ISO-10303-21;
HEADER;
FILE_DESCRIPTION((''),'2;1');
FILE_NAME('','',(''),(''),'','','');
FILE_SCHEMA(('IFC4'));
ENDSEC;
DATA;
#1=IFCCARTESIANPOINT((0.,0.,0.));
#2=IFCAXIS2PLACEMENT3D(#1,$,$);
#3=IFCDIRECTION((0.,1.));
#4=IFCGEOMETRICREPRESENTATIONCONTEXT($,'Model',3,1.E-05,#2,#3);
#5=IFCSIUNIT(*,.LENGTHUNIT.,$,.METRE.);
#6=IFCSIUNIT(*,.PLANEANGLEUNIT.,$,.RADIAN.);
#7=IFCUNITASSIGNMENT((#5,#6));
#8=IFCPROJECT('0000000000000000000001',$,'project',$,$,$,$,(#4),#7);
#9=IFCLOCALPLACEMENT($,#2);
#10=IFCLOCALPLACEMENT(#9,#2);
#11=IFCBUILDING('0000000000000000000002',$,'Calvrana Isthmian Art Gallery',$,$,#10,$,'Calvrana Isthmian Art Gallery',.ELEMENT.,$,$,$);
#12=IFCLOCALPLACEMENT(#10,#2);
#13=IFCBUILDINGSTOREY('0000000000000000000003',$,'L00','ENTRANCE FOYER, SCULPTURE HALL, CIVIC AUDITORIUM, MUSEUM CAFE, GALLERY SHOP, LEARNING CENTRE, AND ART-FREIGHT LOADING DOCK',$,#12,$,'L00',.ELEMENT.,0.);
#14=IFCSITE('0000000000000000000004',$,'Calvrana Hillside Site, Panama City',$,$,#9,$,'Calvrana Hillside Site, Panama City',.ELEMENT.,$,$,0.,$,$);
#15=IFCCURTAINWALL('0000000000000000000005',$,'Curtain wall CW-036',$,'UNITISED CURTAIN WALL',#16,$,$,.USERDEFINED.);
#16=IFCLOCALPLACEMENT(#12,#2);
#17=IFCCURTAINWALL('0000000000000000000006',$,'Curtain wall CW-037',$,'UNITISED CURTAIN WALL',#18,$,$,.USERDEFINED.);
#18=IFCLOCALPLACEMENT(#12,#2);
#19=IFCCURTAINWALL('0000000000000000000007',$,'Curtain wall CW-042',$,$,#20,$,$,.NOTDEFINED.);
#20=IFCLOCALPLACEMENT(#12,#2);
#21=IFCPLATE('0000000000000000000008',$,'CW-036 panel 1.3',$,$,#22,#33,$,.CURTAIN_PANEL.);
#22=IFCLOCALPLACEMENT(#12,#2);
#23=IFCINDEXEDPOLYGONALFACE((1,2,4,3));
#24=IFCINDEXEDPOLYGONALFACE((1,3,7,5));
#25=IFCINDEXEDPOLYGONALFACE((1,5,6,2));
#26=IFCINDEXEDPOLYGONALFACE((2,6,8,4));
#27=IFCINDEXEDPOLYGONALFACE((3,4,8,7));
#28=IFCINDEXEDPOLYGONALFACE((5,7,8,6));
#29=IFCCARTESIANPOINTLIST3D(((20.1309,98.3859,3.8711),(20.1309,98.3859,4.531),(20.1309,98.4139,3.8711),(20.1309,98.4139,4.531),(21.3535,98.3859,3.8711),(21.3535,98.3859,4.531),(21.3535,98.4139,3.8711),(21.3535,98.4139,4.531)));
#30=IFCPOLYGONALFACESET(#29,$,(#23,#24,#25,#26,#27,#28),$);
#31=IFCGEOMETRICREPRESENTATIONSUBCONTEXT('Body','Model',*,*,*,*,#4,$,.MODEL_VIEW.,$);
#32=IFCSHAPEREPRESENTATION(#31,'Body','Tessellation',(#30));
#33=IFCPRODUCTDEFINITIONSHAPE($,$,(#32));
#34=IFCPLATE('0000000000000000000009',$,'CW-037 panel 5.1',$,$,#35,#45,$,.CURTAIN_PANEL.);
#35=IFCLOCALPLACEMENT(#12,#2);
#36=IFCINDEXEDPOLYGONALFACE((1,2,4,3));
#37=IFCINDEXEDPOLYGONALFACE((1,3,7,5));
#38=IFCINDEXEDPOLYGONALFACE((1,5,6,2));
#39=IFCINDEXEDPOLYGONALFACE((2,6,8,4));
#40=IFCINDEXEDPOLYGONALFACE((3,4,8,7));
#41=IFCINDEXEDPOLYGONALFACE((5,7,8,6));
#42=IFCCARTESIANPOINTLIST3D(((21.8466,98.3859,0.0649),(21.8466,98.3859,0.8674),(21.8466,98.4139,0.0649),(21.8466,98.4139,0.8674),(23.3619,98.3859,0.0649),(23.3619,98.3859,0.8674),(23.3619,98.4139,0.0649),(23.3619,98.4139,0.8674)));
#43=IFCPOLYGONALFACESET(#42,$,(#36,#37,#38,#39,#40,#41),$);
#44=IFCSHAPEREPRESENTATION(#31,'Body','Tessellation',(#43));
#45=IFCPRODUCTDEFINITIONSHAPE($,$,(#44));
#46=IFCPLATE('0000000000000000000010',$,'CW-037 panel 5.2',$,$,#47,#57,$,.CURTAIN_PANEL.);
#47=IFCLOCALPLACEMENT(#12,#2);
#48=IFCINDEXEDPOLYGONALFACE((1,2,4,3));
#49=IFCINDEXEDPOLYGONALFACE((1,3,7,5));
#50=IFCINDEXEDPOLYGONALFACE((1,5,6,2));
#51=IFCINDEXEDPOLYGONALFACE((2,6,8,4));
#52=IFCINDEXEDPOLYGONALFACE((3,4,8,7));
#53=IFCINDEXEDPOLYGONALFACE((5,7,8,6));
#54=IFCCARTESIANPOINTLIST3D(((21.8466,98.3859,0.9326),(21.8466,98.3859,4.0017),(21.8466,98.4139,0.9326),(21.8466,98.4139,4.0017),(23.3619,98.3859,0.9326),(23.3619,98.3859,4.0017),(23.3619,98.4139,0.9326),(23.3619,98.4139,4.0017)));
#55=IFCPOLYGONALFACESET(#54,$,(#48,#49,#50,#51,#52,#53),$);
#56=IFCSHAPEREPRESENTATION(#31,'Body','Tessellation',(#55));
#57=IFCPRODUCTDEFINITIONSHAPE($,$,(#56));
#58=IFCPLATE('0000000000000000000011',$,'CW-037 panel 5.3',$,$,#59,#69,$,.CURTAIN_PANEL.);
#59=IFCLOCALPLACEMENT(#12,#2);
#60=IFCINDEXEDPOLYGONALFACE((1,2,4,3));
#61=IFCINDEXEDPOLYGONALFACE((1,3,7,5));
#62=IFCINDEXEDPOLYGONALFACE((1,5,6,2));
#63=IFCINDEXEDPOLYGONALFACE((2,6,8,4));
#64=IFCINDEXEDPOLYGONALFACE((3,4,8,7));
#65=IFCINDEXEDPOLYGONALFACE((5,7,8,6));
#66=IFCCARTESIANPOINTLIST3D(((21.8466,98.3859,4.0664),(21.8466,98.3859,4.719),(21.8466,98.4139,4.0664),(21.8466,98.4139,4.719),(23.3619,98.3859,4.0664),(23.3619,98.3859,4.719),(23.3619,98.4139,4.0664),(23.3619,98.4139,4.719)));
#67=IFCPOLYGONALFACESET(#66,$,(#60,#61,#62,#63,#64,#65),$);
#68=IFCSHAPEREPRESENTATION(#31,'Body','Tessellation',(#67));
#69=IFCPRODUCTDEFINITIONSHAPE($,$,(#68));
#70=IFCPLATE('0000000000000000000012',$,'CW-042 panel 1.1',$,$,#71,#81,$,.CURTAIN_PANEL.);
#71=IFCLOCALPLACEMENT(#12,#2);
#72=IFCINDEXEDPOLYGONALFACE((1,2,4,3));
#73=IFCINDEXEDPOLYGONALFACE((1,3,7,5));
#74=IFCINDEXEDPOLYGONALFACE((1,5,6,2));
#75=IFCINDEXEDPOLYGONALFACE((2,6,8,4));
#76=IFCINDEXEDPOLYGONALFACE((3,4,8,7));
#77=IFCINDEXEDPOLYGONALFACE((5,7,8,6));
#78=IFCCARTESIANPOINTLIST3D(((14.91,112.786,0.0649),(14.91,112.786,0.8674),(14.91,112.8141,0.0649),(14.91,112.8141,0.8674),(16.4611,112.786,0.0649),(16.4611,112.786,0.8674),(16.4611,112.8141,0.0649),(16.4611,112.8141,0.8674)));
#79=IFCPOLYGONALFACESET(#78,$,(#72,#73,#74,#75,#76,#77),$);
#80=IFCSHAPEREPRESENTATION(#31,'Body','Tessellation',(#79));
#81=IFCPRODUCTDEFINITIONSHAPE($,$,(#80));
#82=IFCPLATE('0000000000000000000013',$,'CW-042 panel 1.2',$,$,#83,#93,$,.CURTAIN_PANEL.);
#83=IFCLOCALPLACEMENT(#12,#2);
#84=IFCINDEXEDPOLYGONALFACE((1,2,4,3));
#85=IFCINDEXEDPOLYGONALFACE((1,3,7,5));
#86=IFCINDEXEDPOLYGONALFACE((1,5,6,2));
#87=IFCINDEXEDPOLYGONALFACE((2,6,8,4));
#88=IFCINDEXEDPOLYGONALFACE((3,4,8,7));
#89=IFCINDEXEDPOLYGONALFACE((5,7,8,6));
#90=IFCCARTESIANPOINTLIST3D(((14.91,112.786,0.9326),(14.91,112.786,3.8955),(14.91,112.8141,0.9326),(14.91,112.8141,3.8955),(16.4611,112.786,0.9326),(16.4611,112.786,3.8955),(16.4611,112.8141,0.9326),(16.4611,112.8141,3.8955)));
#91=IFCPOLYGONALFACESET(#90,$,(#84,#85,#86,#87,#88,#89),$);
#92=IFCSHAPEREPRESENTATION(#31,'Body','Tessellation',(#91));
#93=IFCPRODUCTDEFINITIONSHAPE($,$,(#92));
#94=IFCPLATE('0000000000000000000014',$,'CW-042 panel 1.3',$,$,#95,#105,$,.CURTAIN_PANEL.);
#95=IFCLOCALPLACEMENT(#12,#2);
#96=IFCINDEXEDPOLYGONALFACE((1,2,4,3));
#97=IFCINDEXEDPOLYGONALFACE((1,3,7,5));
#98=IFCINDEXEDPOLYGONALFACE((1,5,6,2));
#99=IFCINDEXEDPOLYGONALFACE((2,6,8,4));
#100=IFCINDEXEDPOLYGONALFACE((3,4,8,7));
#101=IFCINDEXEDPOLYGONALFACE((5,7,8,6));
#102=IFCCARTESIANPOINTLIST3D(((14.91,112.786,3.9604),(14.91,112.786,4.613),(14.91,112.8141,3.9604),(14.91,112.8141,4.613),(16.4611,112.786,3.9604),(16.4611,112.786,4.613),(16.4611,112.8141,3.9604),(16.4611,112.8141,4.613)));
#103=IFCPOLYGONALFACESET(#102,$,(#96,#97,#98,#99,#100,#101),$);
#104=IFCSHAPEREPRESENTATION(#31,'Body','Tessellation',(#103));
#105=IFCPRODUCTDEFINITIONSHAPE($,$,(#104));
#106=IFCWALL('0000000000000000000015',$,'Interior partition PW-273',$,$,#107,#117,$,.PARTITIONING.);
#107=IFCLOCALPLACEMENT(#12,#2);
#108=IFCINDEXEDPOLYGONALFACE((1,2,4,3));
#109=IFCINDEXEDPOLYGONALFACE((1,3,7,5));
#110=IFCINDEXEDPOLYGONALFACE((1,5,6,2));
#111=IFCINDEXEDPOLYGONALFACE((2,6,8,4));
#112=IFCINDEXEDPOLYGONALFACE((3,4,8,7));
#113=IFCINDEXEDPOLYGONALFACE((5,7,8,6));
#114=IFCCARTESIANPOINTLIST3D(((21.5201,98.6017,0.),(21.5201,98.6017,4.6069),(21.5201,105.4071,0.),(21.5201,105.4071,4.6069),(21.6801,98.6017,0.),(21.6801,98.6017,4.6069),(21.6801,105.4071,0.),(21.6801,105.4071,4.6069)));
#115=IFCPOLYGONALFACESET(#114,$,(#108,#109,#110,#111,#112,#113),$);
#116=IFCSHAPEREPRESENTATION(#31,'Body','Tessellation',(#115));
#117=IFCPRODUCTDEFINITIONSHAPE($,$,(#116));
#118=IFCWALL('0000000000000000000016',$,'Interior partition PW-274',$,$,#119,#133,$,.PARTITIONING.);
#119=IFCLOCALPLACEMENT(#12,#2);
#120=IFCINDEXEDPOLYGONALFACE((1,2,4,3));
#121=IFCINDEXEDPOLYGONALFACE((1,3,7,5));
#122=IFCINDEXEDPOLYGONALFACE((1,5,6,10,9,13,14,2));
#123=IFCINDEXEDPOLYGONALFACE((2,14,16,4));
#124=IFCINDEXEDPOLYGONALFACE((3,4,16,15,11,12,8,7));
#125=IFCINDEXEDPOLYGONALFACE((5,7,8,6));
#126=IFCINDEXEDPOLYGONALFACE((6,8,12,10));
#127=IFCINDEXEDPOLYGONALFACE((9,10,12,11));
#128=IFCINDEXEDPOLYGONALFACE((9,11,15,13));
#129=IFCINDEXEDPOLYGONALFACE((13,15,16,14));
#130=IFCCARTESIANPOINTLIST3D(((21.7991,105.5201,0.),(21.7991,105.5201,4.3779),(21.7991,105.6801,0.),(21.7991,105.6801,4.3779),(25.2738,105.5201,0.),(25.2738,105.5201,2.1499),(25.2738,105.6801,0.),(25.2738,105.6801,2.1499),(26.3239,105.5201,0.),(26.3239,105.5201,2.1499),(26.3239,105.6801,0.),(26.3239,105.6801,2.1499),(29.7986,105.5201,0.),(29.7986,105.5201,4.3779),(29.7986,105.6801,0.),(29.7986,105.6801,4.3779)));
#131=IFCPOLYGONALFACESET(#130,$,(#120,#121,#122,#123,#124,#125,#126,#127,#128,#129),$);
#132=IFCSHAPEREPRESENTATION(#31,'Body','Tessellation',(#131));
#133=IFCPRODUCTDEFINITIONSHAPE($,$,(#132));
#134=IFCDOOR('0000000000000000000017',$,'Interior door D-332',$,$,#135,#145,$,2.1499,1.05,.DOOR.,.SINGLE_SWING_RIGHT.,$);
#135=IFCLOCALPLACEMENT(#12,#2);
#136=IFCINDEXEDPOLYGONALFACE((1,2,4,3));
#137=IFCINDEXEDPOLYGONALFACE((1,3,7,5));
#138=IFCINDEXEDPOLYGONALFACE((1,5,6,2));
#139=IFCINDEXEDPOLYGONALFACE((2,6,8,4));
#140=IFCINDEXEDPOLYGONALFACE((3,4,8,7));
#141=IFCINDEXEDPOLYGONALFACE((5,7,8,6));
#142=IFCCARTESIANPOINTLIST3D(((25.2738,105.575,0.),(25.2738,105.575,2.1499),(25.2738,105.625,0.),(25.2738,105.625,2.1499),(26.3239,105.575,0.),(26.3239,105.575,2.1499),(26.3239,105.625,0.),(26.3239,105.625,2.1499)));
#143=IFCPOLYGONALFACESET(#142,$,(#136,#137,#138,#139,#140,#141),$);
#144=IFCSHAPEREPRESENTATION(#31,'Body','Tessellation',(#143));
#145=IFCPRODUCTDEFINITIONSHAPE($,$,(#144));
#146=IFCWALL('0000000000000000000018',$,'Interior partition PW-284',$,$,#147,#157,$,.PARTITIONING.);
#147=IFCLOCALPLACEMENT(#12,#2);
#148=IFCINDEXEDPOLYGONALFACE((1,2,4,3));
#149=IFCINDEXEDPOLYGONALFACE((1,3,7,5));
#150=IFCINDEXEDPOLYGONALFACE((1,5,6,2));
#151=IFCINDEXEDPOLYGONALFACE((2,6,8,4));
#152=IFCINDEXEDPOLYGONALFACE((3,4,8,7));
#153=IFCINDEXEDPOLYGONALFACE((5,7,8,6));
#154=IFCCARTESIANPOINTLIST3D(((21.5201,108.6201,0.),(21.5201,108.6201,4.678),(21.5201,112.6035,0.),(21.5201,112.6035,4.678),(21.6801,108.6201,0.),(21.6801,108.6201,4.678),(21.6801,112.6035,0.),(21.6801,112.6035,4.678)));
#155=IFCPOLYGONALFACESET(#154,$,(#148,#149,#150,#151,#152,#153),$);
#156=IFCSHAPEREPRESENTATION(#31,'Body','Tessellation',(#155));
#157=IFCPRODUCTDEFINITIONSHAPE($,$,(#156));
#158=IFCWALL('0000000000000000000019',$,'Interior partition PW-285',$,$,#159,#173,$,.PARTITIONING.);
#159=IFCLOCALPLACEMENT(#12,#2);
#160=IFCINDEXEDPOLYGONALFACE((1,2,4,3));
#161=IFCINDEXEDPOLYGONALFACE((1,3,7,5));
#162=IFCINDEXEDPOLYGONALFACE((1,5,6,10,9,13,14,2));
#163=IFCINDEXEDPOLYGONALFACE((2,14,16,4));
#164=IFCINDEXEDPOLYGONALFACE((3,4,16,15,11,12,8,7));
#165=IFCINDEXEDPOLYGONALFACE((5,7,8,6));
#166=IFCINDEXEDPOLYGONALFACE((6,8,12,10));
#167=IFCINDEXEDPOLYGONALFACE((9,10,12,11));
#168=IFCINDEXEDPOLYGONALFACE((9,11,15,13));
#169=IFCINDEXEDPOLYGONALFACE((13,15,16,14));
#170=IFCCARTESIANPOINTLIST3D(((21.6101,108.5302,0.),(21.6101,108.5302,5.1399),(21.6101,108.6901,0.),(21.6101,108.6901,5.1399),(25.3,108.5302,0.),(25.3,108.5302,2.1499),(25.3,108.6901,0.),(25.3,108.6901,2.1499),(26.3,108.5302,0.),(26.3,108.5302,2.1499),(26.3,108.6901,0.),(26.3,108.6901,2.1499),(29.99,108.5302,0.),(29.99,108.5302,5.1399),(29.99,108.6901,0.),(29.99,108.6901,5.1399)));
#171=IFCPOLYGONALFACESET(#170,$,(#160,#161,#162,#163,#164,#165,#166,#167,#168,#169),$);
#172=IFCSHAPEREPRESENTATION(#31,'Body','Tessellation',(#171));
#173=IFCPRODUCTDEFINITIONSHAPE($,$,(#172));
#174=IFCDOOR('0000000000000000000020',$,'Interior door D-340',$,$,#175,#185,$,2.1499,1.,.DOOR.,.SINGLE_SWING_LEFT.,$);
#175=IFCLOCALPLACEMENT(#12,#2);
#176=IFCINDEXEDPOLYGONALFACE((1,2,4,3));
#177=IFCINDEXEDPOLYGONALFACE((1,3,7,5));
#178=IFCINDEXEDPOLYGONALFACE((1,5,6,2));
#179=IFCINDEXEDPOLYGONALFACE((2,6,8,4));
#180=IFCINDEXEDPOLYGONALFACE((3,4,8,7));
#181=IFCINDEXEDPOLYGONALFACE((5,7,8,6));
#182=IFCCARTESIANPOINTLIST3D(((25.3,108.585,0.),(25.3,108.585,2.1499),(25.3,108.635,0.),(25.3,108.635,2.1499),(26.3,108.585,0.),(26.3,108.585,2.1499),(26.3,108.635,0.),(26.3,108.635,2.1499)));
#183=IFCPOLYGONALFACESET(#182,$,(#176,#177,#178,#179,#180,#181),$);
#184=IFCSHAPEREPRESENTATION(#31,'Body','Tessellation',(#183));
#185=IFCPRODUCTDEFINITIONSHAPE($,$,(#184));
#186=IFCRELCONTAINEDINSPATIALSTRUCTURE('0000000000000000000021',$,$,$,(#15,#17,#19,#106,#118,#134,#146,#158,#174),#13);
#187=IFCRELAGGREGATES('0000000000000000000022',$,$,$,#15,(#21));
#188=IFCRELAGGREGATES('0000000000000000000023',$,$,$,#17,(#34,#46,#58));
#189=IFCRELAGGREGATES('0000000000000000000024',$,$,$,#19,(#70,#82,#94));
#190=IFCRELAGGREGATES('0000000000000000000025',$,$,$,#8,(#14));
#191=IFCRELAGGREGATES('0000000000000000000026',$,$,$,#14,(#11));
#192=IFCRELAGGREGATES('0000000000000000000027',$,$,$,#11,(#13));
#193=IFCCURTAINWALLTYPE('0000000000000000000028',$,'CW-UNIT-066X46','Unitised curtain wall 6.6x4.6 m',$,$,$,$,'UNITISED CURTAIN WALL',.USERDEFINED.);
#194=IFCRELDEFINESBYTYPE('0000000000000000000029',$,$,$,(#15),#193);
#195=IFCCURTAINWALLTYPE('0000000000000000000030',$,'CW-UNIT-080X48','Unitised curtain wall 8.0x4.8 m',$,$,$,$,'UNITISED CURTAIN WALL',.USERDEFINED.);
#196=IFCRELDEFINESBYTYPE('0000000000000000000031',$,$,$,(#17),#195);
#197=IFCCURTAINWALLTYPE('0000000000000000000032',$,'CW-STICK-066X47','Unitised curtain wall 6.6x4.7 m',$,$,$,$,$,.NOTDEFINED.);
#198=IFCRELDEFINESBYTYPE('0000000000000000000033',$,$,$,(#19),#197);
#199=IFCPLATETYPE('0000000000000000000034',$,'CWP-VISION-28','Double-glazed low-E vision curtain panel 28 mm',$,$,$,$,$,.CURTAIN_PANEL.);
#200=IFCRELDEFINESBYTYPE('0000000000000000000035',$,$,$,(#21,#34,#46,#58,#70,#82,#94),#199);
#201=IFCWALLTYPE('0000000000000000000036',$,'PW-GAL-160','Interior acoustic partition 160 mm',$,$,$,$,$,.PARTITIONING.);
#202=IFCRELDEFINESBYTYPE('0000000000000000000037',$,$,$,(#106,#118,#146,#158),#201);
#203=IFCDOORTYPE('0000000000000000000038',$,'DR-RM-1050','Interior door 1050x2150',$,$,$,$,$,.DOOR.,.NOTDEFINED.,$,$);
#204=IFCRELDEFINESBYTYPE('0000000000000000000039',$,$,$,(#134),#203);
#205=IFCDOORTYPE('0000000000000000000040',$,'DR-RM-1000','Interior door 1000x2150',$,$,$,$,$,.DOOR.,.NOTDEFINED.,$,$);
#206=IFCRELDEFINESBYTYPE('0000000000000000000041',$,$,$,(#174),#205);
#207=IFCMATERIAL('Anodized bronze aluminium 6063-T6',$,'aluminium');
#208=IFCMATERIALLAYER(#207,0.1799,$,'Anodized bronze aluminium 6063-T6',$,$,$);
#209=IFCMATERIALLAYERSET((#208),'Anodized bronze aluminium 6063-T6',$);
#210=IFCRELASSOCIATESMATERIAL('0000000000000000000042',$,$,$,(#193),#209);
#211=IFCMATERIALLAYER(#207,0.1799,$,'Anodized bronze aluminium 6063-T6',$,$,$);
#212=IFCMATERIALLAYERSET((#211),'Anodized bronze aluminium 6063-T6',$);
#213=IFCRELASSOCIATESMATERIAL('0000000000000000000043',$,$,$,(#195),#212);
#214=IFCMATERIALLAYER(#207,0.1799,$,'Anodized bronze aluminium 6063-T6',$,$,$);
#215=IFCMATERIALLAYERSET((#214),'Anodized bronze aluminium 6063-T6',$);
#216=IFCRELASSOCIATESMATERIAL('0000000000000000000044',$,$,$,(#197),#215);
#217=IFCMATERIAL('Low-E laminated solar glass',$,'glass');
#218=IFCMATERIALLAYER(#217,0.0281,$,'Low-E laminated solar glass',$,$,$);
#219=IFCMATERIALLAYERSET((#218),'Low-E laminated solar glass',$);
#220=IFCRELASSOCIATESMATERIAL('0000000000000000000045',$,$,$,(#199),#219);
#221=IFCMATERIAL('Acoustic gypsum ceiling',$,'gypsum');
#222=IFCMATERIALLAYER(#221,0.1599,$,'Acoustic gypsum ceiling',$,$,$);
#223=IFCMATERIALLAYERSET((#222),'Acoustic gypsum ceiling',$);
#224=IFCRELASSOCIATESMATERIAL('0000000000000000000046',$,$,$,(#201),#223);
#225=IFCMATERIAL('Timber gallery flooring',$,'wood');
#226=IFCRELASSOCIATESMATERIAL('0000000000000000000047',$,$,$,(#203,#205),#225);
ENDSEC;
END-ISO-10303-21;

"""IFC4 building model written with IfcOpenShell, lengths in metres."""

from ifc_helpers import new_model, si_unit, direction, frame, frame_2d, origin, origin_2d, place, context, subcontext, project, spatial, rectangle, extrude, material, layer, layer_set, type_object, element, fill, aggregate, save


model = new_model("IFC4")

# Units and contexts
model_context = context("Model", 3, precision=1e-05, world=origin(), true_north=direction((0.0, 1.0)))
body_context = subcontext(model_context, "Body", "Model", "MODEL_VIEW")
ifc_project = project(units=[si_unit("LENGTHUNIT", "METRE"), si_unit("PLANEANGLEUNIT", "RADIAN")], contexts=[model_context])

# Site, building, storey
site_placement = place(None, origin())
site = spatial("IfcSite", under=ifc_project, at=site_placement, Name="Calvrana Hillside Site, Panama City", LongName="Calvrana Hillside Site, Panama City", CompositionType="ELEMENT", RefElevation=0.0)
building_placement = place(site_placement, origin())
building = spatial("IfcBuilding", under=site, at=building_placement, Name="Calvrana Isthmian Art Gallery", LongName="Calvrana Isthmian Art Gallery", CompositionType="ELEMENT")
storey_placement = place(building_placement, origin())
storey = spatial("IfcBuildingStorey", under=building, at=storey_placement, Name="L00", Description="ENTRANCE FOYER, SCULPTURE HALL, CIVIC AUDITORIUM, MUSEUM CAFE, GALLERY SHOP, LEARNING CENTRE, AND ART-FREIGHT LOADING DOCK", LongName="L00", CompositionType="ELEMENT", Elevation=0.0)

# Curtain walls
ifc_material_1 = material(Name="Anodized bronze aluminium 6063-T6", Category="aluminium")
ifc_layer_1 = layer(ifc_material_1, 0.1799, Name="Anodized bronze aluminium 6063-T6")
ifc_layer_set_1 = layer_set([ifc_layer_1], Name="Anodized bronze aluminium 6063-T6")
curtain_wall_type_1 = type_object("IfcCurtainWallType", Name="CW-UNIT-066X46", Description="Unitised curtain wall 6.6x4.6 m", ElementType="UNITISED CURTAIN WALL", PredefinedType="USERDEFINED", material=ifc_layer_set_1)
curtain_wall_1_placement = place(storey_placement, origin())
curtain_wall_1 = element("IfcCurtainWall", 1, at=curtain_wall_1_placement, inside=storey, type_object=curtain_wall_type_1, Name="Curtain wall CW-036", ObjectType="UNITISED CURTAIN WALL", PredefinedType="USERDEFINED")
ifc_layer_2 = layer(ifc_material_1, 0.1799, Name="Anodized bronze aluminium 6063-T6")
ifc_layer_set_2 = layer_set([ifc_layer_2], Name="Anodized bronze aluminium 6063-T6")
curtain_wall_type_2 = type_object("IfcCurtainWallType", Name="CW-UNIT-080X48", Description="Unitised curtain wall 8.0x4.8 m", ElementType="UNITISED CURTAIN WALL", PredefinedType="USERDEFINED", material=ifc_layer_set_2)
curtain_wall_2_placement = place(storey_placement, origin())
curtain_wall_2 = element("IfcCurtainWall", 2, at=curtain_wall_2_placement, inside=storey, type_object=curtain_wall_type_2, Name="Curtain wall CW-037", ObjectType="UNITISED CURTAIN WALL", PredefinedType="USERDEFINED")

# Curtain wall
ifc_layer_3 = layer(ifc_material_1, 0.1799, Name="Anodized bronze aluminium 6063-T6")
ifc_layer_set_3 = layer_set([ifc_layer_3], Name="Anodized bronze aluminium 6063-T6")
curtain_wall_type_3 = type_object("IfcCurtainWallType", Name="CW-STICK-066X47", Description="Unitised curtain wall 6.6x4.7 m", PredefinedType="NOTDEFINED", material=ifc_layer_set_3)
curtain_wall_3_placement = place(storey_placement, origin())
curtain_wall_3 = element("IfcCurtainWall", 3, at=curtain_wall_3_placement, inside=storey, type_object=curtain_wall_type_3, Name="Curtain wall CW-042", PredefinedType="NOTDEFINED")

# Plates
ifc_material_2 = material(Name="Low-E laminated solar glass", Category="glass")
ifc_layer_4 = layer(ifc_material_2, 0.0281, Name="Low-E laminated solar glass")
ifc_layer_set_4 = layer_set([ifc_layer_4], Name="Low-E laminated solar glass")
plate_type = type_object("IfcPlateType", Name="CWP-VISION-28", Description="Double-glazed low-E vision curtain panel 28 mm", PredefinedType="CURTAIN_PANEL", material=ifc_layer_set_4)
plate_1_placement = place(storey_placement, frame((20.7422, 98.3999, 3.8711), z_axis=(0.0, 0.0, 1.0), x_axis=(-1.0, 0.0, 0.0)))
plate_1 = element("IfcPlate", 4, at=plate_1_placement, type_object=plate_type, Name="CW-036 panel 1.3", PredefinedType="CURTAIN_PANEL", context=body_context, shape_type="SweptSolid", body=[
    extrude(rectangle(XDim=1.2227, YDim=0.0281, at=origin_2d()), origin(), (0.0, 0.0, 1.0), 0.6599),
])
aggregate(curtain_wall_1, [plate_1])
plate_2_placement = place(storey_placement, frame((22.6042, 98.3999, 0.0649), z_axis=(0.0, 0.0, 1.0), x_axis=(-1.0, 0.0, 0.0)))
plate_2 = element("IfcPlate", 5, at=plate_2_placement, type_object=plate_type, Name="CW-037 panel 5.1", PredefinedType="CURTAIN_PANEL", context=body_context, shape_type="SweptSolid", body=[
    extrude(rectangle(XDim=1.5154, YDim=0.0281, at=origin_2d()), origin(), (0.0, 0.0, 1.0), 0.8025),
])
plate_3_placement = place(storey_placement, frame((22.6042, 98.3999, 0.9326), z_axis=(0.0, 0.0, 1.0), x_axis=(-1.0, 0.0, 0.0)))
plate_3 = element("IfcPlate", 6, at=plate_3_placement, type_object=plate_type, Name="CW-037 panel 5.2", PredefinedType="CURTAIN_PANEL", context=body_context, shape_type="SweptSolid", body=[
    extrude(rectangle(XDim=1.5154, YDim=0.0281, at=origin_2d()), origin(), (0.0, 0.0, 1.0), 3.0691),
])
plate_4_placement = place(storey_placement, frame((22.6042, 98.3999, 4.0664), z_axis=(0.0, 0.0, 1.0), x_axis=(-1.0, 0.0, 0.0)))
plate_4 = element("IfcPlate", 7, at=plate_4_placement, type_object=plate_type, Name="CW-037 panel 5.3", PredefinedType="CURTAIN_PANEL", context=body_context, shape_type="SweptSolid", body=[
    extrude(rectangle(XDim=1.5154, YDim=0.0281, at=origin_2d()), origin(), (0.0, 0.0, 1.0), 0.6526),
])
aggregate(curtain_wall_2, [plate_2, plate_3, plate_4])
plate_5_placement = place(storey_placement, frame((15.6855, 112.8, 0.0649), z_axis=(0.0, 0.0, 1.0), x_axis=(1.0, 0.0, 0.0)))
plate_5 = element("IfcPlate", 8, at=plate_5_placement, type_object=plate_type, Name="CW-042 panel 1.1", PredefinedType="CURTAIN_PANEL", context=body_context, shape_type="SweptSolid", body=[
    extrude(rectangle(XDim=1.551, YDim=0.0281, at=origin_2d()), origin(), (0.0, 0.0, 1.0), 0.8025),
])
plate_6_placement = place(storey_placement, frame((15.6855, 112.8, 0.9326), z_axis=(0.0, 0.0, 1.0), x_axis=(1.0, 0.0, 0.0)))
plate_6 = element("IfcPlate", 9, at=plate_6_placement, type_object=plate_type, Name="CW-042 panel 1.2", PredefinedType="CURTAIN_PANEL", context=body_context, shape_type="SweptSolid", body=[
    extrude(rectangle(XDim=1.551, YDim=0.0281, at=origin_2d()), origin(), (0.0, 0.0, 1.0), 2.9629),
])
plate_7_placement = place(storey_placement, frame((15.6855, 112.8, 3.9604), z_axis=(0.0, 0.0, 1.0), x_axis=(1.0, 0.0, 0.0)))
plate_7 = element("IfcPlate", 10, at=plate_7_placement, type_object=plate_type, Name="CW-042 panel 1.3", PredefinedType="CURTAIN_PANEL", context=body_context, shape_type="SweptSolid", body=[
    extrude(rectangle(XDim=1.551, YDim=0.0281, at=origin_2d()), origin(), (0.0, 0.0, 1.0), 0.6526),
])
aggregate(curtain_wall_3, [plate_5, plate_6, plate_7])

# Wall
ifc_material_3 = material(Name="Acoustic gypsum ceiling", Category="gypsum")
ifc_layer_5 = layer(ifc_material_3, 0.1599, Name="Acoustic gypsum ceiling")
ifc_layer_set_5 = layer_set([ifc_layer_5], Name="Acoustic gypsum ceiling")
wall_type = type_object("IfcWallType", Name="PW-GAL-160", Description="Interior acoustic partition 160 mm", PredefinedType="PARTITIONING", material=ifc_layer_set_5)
wall_1_placement = place(storey_placement, frame((21.6001, 98.6016, 0.0), z_axis=(0.0, 0.0, 1.0), x_axis=(0.0, 1.0, 0.0)))
element("IfcWall", 11, at=wall_1_placement, inside=storey, type_object=wall_type, Name="Interior partition PW-273", PredefinedType="PARTITIONING", context=body_context, shape_type="SweptSolid", body=[
    extrude(rectangle(XDim=6.8054, YDim=0.1599, at=frame_2d((3.4028, 0.0))), origin(), (0.0, 0.0, 1.0), 4.6069),
])

# Wall, opening, door
wall_2_placement = place(storey_placement, frame((21.7991, 105.6001, 0.0), z_axis=(0.0, 0.0, 1.0), x_axis=(1.0, 0.0, 0.0)))
wall_2 = element("IfcWall", 12, at=wall_2_placement, inside=storey, type_object=wall_type, Name="Interior partition PW-274", PredefinedType="PARTITIONING", context=body_context, shape_type="SweptSolid", body=[
    extrude(rectangle(XDim=7.9995, YDim=0.1599, at=frame_2d((3.9998, 0.0))), origin(), (0.0, 0.0, 1.0), 4.3779),
])
opening_1_placement = place(wall_2_placement, frame((3.4749, 0.0, 0.0)))
opening_1 = element("IfcOpeningElement", 13, at=opening_1_placement, cuts=wall_2, PredefinedType="OPENING", context=body_context, shape_type="SweptSolid", body=[
    extrude(rectangle(XDim=1.05, YDim=2.1499, at=frame_2d((0.5249, 1.075))), frame((0.0, 0.0903, 0.0), z_axis=(0.0, -1.0, 0.0), x_axis=(1.0, 0.0, 0.0)), (0.0, 0.0, 1.0), 0.1804),
])
ifc_material_4 = material(Name="Timber gallery flooring", Category="wood")
door_type_1 = type_object("IfcDoorType", Name="DR-RM-1050", Description="Interior door 1050x2150", OperationType="NOTDEFINED", PredefinedType="DOOR", material=ifc_material_4)
door_1_placement = place(opening_1_placement, origin())
door_1 = element("IfcDoor", 14, at=door_1_placement, inside=storey, type_object=door_type_1, Name="Interior door D-332", OperationType="SINGLE_SWING_RIGHT", OverallHeight=2.1499, OverallWidth=1.05, PredefinedType="DOOR", context=body_context, shape_type="SweptSolid", body=[
    extrude(rectangle(XDim=1.05, YDim=2.1499, at=frame_2d((0.5249, 1.075))), frame((0.0, 0.0249, 0.0), z_axis=(0.0, -1.0, 0.0), x_axis=(1.0, 0.0, 0.0)), (0.0, 0.0, 1.0), 0.05),
])
fill(opening_1, door_1)

# Wall
wall_3_placement = place(storey_placement, frame((21.6001, 108.6201, 0.0), z_axis=(0.0, 0.0, 1.0), x_axis=(0.0, 1.0, 0.0)))
element("IfcWall", 15, at=wall_3_placement, inside=storey, type_object=wall_type, Name="Interior partition PW-284", PredefinedType="PARTITIONING", context=body_context, shape_type="SweptSolid", body=[
    extrude(rectangle(XDim=3.9834, YDim=0.1599, at=frame_2d((1.9917, 0.0))), origin(), (0.0, 0.0, 1.0), 4.678),
])

# Wall, opening, door
wall_4_placement = place(storey_placement, frame((21.6101, 108.6101, 0.0), z_axis=(0.0, 0.0, 1.0), x_axis=(1.0, 0.0, 0.0)))
wall_4 = element("IfcWall", 16, at=wall_4_placement, inside=storey, type_object=wall_type, Name="Interior partition PW-285", PredefinedType="PARTITIONING", context=body_context, shape_type="SweptSolid", body=[
    extrude(rectangle(XDim=8.3799, YDim=0.1599, at=frame_2d((4.1899, 0.0))), origin(), (0.0, 0.0, 1.0), 5.1399),
])
opening_2_placement = place(wall_4_placement, frame((3.6899, 0.0, 0.0)))
opening_2 = element("IfcOpeningElement", 17, at=opening_2_placement, cuts=wall_4, PredefinedType="OPENING", context=body_context, shape_type="SweptSolid", body=[
    extrude(rectangle(XDim=1.0, YDim=2.1499, at=frame_2d((0.5, 1.075))), frame((0.0, 0.0903, 0.0), z_axis=(0.0, -1.0, 0.0), x_axis=(1.0, 0.0, 0.0)), (0.0, 0.0, 1.0), 0.1804),
])
door_type_2 = type_object("IfcDoorType", Name="DR-RM-1000", Description="Interior door 1000x2150", OperationType="NOTDEFINED", PredefinedType="DOOR", material=ifc_material_4)
door_2_placement = place(opening_2_placement, origin())
door_2 = element("IfcDoor", 18, at=door_2_placement, inside=storey, type_object=door_type_2, Name="Interior door D-340", OperationType="SINGLE_SWING_LEFT", OverallHeight=2.1499, OverallWidth=1.0, PredefinedType="DOOR", context=body_context, shape_type="SweptSolid", body=[
    extrude(rectangle(XDim=1.0, YDim=2.1499, at=frame_2d((0.5, 1.075))), frame((0.0, 0.0249, 0.0), z_axis=(0.0, -1.0, 0.0), x_axis=(1.0, 0.0, 0.0)), (0.0, 0.0, 1.0), 0.05),
])
fill(opening_2, door_2)

save(model, "model.ifc")
